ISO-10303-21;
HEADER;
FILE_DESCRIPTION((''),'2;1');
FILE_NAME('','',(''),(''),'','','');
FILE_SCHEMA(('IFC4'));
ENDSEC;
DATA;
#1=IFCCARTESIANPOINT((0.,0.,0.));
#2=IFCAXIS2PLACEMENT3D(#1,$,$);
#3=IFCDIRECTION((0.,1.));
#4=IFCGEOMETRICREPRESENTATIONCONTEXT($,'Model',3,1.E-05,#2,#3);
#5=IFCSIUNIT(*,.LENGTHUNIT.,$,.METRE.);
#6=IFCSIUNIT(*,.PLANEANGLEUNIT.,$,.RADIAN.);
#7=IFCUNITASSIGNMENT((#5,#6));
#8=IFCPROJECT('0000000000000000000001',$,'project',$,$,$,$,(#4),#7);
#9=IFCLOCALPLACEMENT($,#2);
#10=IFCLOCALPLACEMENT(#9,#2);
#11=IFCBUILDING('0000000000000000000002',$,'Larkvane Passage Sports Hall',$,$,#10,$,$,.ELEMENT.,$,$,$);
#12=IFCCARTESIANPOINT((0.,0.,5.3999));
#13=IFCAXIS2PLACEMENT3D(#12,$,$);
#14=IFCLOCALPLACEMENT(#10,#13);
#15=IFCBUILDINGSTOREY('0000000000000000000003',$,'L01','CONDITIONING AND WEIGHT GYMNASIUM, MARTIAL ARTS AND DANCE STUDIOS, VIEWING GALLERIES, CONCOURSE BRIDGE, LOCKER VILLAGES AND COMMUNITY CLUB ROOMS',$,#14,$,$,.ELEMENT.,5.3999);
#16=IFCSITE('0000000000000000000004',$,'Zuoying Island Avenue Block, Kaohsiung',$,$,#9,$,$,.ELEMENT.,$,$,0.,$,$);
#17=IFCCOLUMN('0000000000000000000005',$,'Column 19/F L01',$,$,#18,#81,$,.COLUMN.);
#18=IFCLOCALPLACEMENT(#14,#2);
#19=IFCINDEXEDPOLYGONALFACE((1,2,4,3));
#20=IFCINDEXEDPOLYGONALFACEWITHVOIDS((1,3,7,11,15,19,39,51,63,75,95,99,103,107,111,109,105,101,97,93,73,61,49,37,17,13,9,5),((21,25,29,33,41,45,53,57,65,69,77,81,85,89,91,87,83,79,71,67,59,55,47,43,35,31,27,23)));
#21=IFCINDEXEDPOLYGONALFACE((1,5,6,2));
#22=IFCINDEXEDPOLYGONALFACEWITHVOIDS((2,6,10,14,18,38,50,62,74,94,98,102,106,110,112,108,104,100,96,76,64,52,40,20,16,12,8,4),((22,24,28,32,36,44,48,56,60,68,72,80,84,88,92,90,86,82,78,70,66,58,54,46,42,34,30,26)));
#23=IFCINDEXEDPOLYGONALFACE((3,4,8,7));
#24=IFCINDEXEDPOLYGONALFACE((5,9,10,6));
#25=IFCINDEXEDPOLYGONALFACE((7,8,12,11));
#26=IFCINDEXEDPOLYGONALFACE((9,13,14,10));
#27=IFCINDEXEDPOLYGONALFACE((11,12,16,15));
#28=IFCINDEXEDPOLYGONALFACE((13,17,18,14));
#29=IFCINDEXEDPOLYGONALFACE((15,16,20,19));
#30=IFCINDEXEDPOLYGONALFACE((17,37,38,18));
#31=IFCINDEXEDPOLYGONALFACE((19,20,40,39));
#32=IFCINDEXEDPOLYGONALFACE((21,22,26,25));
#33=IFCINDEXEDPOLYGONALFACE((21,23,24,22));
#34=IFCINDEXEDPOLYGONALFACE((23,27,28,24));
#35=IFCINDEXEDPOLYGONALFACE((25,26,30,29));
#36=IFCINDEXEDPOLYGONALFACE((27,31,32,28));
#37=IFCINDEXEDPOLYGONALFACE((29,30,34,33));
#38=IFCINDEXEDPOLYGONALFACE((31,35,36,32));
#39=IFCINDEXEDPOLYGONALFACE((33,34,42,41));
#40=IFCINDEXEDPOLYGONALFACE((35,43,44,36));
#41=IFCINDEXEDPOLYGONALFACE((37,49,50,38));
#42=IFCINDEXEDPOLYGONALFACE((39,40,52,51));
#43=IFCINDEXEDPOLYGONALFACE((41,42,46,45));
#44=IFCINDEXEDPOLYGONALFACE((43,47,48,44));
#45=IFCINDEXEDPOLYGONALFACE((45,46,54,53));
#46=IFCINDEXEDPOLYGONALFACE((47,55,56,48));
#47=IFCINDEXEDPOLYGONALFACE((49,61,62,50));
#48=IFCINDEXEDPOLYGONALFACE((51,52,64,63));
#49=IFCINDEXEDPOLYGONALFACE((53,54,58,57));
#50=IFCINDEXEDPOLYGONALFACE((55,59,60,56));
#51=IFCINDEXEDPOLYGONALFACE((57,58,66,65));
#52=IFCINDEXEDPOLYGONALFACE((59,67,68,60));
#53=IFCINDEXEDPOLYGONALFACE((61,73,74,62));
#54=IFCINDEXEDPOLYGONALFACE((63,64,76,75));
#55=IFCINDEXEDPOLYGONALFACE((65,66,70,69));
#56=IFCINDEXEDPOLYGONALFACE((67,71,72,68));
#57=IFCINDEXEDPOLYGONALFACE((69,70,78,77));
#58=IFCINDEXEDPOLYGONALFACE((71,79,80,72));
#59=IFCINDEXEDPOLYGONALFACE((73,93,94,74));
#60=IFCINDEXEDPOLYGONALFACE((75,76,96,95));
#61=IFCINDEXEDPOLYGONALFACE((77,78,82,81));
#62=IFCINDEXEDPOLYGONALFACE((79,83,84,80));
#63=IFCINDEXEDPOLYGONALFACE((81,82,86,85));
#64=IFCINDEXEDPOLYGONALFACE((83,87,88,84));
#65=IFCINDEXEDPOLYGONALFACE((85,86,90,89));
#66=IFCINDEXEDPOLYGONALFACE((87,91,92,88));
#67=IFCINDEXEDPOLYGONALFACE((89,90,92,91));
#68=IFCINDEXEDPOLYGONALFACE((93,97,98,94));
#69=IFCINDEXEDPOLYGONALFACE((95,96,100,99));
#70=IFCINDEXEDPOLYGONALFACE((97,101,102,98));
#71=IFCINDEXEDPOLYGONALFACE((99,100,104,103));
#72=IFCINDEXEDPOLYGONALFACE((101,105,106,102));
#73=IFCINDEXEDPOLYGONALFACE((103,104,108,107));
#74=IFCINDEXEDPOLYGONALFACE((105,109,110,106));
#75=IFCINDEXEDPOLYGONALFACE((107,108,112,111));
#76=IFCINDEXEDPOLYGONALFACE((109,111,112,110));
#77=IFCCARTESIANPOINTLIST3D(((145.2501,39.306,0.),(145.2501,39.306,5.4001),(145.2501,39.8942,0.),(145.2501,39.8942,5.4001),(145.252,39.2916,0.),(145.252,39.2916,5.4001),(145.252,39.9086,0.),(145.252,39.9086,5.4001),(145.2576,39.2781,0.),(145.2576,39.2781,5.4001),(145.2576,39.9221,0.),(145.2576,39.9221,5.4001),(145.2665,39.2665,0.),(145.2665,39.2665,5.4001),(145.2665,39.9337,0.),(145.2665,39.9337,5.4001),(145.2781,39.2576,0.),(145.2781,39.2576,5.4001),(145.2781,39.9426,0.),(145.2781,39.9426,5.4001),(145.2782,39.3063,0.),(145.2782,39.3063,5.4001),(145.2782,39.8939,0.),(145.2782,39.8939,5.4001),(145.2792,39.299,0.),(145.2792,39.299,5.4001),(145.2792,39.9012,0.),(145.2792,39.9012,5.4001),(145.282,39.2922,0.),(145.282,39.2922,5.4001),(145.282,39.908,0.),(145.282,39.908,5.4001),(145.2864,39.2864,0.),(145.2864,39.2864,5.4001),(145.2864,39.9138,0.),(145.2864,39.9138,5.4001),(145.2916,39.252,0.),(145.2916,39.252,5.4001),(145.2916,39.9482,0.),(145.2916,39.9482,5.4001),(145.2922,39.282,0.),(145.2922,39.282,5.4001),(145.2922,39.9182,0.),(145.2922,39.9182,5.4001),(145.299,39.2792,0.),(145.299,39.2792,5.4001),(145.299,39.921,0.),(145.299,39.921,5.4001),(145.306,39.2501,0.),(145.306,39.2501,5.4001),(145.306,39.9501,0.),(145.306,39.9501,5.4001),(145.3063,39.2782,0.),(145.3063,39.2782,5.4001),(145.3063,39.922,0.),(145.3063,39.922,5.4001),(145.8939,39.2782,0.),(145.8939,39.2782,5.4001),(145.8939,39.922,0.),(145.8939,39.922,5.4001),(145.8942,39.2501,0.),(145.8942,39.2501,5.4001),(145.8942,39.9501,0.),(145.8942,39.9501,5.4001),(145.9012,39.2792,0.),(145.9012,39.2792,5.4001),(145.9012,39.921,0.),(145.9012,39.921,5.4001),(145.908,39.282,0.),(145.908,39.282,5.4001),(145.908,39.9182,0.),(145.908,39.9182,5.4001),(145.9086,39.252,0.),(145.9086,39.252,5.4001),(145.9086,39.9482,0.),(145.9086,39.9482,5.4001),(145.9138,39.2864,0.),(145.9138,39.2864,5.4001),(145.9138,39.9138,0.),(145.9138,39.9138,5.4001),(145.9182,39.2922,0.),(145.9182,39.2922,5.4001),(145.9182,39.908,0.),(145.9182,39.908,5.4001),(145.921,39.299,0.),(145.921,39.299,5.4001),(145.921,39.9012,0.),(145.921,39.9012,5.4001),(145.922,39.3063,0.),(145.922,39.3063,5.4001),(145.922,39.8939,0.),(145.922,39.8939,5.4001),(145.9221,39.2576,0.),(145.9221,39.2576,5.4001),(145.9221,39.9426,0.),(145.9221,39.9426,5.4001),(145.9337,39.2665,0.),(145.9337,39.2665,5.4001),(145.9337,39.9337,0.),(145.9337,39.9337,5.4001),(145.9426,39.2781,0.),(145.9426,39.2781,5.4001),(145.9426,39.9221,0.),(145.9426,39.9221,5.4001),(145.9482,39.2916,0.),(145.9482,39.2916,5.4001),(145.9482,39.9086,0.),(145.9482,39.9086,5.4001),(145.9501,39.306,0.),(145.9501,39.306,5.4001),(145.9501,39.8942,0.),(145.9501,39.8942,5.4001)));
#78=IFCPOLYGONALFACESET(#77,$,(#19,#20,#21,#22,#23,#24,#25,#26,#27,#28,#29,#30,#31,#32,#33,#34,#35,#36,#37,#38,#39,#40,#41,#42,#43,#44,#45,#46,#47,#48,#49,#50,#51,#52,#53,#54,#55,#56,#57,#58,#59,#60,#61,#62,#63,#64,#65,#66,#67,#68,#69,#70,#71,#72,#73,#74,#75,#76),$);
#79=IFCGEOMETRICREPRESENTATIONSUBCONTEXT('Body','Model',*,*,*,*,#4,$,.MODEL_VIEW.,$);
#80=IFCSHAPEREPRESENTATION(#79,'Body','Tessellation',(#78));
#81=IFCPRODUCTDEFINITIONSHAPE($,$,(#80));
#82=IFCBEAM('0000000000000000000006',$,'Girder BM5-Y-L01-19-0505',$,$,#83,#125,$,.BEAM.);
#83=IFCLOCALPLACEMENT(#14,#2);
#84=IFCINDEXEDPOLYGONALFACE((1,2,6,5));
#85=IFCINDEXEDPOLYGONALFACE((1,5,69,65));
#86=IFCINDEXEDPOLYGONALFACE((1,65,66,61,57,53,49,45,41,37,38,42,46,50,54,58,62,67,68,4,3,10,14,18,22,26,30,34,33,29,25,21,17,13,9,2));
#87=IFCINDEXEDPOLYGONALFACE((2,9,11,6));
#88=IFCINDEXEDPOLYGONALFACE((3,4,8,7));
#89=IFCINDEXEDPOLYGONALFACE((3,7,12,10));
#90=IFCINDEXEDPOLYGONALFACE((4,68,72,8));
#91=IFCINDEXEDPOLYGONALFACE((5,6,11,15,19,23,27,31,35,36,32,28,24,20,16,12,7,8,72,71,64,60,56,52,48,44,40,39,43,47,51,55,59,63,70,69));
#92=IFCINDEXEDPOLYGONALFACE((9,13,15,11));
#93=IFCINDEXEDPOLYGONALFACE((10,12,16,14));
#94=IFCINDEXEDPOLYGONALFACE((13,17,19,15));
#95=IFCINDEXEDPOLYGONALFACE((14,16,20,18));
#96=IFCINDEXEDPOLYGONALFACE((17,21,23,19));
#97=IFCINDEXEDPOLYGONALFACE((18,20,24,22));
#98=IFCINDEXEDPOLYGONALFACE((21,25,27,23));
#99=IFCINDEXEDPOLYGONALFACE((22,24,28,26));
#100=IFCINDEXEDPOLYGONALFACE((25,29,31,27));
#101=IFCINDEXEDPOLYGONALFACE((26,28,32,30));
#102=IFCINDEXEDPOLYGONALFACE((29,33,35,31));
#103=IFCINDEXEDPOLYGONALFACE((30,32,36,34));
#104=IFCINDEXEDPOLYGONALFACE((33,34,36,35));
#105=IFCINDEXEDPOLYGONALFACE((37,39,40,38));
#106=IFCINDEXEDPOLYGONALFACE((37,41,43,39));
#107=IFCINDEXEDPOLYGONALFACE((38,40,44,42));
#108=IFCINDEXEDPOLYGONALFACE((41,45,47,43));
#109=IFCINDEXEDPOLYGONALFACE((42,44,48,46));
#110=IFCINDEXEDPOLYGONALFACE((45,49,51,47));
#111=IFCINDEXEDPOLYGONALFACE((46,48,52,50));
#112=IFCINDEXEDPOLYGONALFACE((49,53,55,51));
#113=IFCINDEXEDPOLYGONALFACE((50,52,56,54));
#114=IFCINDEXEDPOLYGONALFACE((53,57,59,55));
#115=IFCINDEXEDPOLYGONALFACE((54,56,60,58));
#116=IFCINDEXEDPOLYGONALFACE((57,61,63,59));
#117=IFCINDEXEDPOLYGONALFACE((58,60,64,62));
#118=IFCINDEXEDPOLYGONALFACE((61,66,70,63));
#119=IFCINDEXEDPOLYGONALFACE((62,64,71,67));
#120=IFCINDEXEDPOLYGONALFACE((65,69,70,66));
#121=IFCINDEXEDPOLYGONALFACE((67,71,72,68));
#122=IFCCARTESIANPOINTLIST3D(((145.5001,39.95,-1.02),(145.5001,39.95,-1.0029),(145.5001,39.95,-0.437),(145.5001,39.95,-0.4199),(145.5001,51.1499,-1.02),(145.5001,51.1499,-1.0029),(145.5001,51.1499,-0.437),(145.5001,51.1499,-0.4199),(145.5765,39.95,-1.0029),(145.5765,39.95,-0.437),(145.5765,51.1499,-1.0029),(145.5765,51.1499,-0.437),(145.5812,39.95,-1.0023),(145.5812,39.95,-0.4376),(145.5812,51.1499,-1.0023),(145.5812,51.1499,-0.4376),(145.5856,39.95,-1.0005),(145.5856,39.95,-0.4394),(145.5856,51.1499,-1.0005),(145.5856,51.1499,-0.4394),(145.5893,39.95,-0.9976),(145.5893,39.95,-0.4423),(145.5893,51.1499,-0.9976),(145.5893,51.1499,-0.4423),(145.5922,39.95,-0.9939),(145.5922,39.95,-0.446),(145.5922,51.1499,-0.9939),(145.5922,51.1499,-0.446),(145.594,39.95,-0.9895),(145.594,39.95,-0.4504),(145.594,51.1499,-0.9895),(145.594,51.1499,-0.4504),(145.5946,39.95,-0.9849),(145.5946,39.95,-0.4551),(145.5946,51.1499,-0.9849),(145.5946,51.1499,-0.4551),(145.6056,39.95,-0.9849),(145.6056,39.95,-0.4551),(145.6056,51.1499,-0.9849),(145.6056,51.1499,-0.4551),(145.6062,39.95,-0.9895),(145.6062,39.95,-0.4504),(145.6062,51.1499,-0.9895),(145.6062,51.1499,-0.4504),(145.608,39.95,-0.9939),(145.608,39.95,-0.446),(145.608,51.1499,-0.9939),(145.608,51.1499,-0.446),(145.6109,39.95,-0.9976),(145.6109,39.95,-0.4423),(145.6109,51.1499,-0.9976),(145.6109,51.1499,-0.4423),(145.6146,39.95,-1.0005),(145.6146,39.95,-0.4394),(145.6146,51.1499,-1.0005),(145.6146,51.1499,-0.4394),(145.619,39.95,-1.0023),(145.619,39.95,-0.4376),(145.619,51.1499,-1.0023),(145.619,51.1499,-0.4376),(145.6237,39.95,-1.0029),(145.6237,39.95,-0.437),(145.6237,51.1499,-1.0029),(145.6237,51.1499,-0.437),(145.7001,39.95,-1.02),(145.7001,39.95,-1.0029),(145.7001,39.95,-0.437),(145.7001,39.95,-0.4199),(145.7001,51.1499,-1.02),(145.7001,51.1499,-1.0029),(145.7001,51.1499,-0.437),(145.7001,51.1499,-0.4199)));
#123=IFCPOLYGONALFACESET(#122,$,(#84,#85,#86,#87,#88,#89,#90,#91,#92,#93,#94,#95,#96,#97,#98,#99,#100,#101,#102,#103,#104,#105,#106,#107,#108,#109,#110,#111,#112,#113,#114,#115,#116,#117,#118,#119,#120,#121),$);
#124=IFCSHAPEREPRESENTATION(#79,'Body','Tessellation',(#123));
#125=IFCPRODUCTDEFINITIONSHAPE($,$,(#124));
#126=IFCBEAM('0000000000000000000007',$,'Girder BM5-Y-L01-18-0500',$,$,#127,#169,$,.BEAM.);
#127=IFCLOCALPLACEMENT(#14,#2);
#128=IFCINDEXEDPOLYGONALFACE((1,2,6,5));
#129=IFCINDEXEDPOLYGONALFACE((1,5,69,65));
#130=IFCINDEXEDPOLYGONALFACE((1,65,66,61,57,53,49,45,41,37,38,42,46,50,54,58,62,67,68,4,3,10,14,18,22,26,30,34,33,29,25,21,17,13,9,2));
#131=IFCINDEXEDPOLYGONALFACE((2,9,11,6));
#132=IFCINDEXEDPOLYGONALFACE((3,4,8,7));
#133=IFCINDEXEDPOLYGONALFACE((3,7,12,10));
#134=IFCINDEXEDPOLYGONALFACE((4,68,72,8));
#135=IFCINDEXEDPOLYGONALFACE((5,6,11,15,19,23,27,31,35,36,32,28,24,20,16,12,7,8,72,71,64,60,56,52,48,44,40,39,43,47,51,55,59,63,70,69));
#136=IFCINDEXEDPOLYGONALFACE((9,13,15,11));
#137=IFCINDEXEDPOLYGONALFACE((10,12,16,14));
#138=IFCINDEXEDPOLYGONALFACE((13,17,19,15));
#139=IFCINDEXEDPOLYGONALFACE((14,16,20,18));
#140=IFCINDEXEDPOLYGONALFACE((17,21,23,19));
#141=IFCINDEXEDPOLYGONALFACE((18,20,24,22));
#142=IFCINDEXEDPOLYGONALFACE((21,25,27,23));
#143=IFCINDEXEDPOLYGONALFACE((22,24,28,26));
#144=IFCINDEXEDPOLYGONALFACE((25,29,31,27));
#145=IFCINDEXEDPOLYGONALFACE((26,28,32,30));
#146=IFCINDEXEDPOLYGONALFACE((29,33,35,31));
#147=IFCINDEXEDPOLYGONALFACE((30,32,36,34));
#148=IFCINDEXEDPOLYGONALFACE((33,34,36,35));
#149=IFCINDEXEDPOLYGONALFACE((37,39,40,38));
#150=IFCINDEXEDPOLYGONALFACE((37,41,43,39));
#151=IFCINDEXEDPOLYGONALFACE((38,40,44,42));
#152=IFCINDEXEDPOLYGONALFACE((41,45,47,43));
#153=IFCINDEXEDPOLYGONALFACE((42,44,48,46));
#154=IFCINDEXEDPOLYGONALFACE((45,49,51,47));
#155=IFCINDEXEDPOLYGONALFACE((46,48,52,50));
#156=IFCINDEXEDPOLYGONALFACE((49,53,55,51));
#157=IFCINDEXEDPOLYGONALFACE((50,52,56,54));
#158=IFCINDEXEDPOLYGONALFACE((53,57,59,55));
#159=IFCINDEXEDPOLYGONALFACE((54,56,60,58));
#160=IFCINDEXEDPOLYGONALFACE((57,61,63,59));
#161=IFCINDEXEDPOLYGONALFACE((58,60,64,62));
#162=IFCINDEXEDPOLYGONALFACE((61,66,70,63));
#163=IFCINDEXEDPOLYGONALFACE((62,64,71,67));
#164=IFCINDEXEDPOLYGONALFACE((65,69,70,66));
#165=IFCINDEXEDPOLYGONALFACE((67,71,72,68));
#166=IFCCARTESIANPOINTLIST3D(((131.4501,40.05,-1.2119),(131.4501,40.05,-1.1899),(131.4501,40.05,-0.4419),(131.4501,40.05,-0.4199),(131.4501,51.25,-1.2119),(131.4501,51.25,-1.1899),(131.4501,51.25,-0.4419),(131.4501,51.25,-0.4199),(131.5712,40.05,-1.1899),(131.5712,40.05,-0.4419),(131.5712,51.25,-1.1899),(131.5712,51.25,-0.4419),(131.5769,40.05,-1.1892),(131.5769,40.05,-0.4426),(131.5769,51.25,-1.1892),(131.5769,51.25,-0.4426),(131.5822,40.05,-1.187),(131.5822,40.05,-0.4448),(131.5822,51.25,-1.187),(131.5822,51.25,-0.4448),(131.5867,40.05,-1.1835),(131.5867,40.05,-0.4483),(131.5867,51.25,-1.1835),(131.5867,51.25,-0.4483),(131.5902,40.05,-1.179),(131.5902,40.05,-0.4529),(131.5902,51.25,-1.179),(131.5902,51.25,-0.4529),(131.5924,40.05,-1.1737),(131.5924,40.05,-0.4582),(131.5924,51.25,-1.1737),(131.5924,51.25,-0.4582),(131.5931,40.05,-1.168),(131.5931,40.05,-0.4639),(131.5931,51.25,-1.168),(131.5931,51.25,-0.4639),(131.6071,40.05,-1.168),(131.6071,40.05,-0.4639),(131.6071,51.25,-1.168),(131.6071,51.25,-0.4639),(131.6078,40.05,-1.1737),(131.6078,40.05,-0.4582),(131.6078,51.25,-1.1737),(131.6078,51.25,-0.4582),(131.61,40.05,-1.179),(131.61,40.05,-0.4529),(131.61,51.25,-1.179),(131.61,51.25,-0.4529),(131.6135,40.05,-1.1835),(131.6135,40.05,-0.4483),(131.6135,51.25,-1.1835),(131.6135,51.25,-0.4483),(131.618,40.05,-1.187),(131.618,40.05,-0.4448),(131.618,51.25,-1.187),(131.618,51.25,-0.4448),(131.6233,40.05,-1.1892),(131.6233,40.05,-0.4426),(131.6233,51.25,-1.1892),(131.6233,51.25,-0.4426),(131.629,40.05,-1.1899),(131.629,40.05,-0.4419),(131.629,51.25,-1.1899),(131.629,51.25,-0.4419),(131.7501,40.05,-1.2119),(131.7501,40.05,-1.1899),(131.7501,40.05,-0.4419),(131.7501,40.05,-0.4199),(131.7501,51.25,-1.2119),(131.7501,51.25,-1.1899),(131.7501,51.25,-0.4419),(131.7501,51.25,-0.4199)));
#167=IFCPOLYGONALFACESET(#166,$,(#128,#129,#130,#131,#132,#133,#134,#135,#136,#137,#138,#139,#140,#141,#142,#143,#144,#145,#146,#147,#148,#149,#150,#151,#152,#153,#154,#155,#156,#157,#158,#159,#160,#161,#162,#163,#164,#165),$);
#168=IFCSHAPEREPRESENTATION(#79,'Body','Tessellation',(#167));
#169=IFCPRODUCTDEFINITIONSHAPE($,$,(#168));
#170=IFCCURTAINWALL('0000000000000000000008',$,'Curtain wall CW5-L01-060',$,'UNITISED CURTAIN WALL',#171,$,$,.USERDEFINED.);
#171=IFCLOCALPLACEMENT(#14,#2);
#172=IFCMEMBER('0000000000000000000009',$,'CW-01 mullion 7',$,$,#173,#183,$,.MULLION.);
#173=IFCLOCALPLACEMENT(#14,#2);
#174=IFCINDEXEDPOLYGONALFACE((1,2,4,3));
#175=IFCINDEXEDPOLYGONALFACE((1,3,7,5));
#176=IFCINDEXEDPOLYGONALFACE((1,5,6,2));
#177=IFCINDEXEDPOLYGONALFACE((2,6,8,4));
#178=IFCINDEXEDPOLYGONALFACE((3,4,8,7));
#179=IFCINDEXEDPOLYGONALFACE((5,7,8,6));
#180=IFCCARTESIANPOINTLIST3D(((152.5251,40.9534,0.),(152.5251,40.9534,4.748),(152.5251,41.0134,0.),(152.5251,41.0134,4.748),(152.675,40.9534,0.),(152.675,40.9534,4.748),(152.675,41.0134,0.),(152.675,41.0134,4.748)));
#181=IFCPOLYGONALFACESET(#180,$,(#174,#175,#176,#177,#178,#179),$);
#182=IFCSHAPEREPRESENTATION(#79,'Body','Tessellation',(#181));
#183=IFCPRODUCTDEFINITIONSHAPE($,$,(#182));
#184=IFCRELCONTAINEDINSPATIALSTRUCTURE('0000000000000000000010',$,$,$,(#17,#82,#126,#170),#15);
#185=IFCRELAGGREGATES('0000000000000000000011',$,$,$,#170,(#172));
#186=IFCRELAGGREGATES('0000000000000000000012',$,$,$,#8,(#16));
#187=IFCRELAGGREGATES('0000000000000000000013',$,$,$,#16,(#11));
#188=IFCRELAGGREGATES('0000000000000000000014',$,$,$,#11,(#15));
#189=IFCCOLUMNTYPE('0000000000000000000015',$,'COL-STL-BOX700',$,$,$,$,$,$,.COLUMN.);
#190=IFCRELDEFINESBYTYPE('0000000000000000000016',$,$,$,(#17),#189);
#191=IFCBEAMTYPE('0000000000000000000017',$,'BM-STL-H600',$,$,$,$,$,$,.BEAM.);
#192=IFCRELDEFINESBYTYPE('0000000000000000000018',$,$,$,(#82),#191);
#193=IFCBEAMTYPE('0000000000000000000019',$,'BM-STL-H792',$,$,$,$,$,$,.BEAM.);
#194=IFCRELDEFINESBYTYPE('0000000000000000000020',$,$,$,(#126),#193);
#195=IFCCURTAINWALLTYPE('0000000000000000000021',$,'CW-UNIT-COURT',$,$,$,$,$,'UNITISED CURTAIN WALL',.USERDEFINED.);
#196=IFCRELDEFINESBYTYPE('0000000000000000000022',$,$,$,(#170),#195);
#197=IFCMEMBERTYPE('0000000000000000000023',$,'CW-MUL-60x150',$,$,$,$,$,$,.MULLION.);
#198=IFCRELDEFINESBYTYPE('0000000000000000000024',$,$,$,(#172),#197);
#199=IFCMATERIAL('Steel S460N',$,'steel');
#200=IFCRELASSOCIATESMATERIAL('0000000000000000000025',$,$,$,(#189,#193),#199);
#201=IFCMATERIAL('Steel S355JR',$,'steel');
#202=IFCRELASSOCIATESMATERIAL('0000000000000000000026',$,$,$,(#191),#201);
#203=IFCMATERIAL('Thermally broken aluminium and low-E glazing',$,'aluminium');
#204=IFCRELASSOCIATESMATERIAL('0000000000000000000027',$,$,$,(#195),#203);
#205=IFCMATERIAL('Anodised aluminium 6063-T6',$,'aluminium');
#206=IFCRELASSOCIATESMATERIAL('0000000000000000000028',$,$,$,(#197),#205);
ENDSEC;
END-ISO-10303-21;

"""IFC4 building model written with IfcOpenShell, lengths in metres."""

from ifc_helpers import new_model, si_unit, direction, frame, origin, origin_2d, place, context, subcontext, project, spatial, rectangle, hollow_rectangle, i_section, extrude, material, material_profile, profile_set, type_object, element, aggregate, save


model = new_model("IFC4")

# Units and contexts
model_context = context("Model", 3, precision=1e-05, world=origin(), true_north=direction((0.0, 1.0)))
body_context = subcontext(model_context, "Body", "Model", "MODEL_VIEW")
ifc_project = project(units=[si_unit("LENGTHUNIT", "METRE"), si_unit("PLANEANGLEUNIT", "RADIAN")], contexts=[model_context])

# Site, building, storey
site_placement = place(None, origin())
site = spatial("IfcSite", under=ifc_project, at=site_placement, Name="Zuoying Island Avenue Block, Kaohsiung", CompositionType="ELEMENT", RefElevation=0.0)
building_placement = place(site_placement, origin())
building = spatial("IfcBuilding", under=site, at=building_placement, Name="Larkvane Passage Sports Hall", CompositionType="ELEMENT")
storey_placement = place(building_placement, frame((0.0, 0.0, 5.3999)))
storey = spatial("IfcBuildingStorey", under=building, at=storey_placement, Name="L01", Description="CONDITIONING AND WEIGHT GYMNASIUM, MARTIAL ARTS AND DANCE STUDIOS, VIEWING GALLERIES, CONCOURSE BRIDGE, LOCKER VILLAGES AND COMMUNITY CLUB ROOMS", CompositionType="ELEMENT", Elevation=5.3999)

# Column
ifc_material_1 = material(Name="Steel S460N", Category="steel")
ifc_material_profile_1 = material_profile(ifc_material_1, hollow_rectangle(XDim=0.7, YDim=0.7, WallThickness=0.0281, InnerFilletRadius=0.0281, OuterFilletRadius=0.0559, at=origin_2d()), Name="BOX-700x700x28")
ifc_profile_set_1 = profile_set([ifc_material_profile_1], Name="Steel S460N")
column_type = type_object("IfcColumnType", Name="COL-STL-BOX700", PredefinedType="COLUMN", material=ifc_profile_set_1)
column_placement = place(storey_placement, frame((145.6001, 39.6001, 0.0), z_axis=(0.0, 0.0, 1.0), x_axis=(1.0, 0.0, 0.0)))
element("IfcColumn", 1, at=column_placement, inside=storey, type_object=column_type, Name="Column 19/F L01", PredefinedType="COLUMN", context=body_context, shape_type="SweptSolid", body=[
    extrude(hollow_rectangle(XDim=0.7, YDim=0.7, WallThickness=0.0281, InnerFilletRadius=0.0281, OuterFilletRadius=0.0559, at=origin_2d()), origin(), (0.0, 0.0, 1.0), 5.4001),
])

# Beams
ifc_material_2 = material(Name="Steel S355JR", Category="steel")
ifc_material_profile_2 = material_profile(ifc_material_2, i_section(OverallWidth=0.2, OverallDepth=0.6001, WebThickness=0.011, FlangeThickness=0.0171, FilletRadius=0.0181, at=origin_2d()), Name="H-600x200x11x17")
ifc_profile_set_2 = profile_set([ifc_material_profile_2], Name="Steel S355JR")
beam_type_1 = type_object("IfcBeamType", Name="BM-STL-H600", PredefinedType="BEAM", material=ifc_profile_set_2)
beam_1_placement = place(storey_placement, frame((145.6001, 39.95, -0.72), z_axis=(0.0, 1.0, 0.0), x_axis=(-1.0, 0.0, 0.0)))
element("IfcBeam", 2, at=beam_1_placement, inside=storey, type_object=beam_type_1, Name="Girder BM5-Y-L01-19-0505", PredefinedType="BEAM", context=body_context, shape_type="SweptSolid", body=[
    extrude(i_section(OverallWidth=0.2, OverallDepth=0.6001, WebThickness=0.011, FlangeThickness=0.0171, FilletRadius=0.0181, at=origin_2d()), origin(), (0.0, 0.0, 1.0), 11.2),
])
ifc_material_profile_3 = material_profile(ifc_material_1, i_section(OverallWidth=0.3, OverallDepth=0.792, WebThickness=0.0139, FlangeThickness=0.022, FilletRadius=0.022, at=origin_2d()), Name="H-792x300x14x22")
ifc_profile_set_3 = profile_set([ifc_material_profile_3], Name="Steel S460N")
beam_type_2 = type_object("IfcBeamType", Name="BM-STL-H792", PredefinedType="BEAM", material=ifc_profile_set_3)
beam_2_placement = place(storey_placement, frame((131.6001, 40.05, -0.8159), z_axis=(0.0, 1.0, 0.0), x_axis=(-1.0, 0.0, 0.0)))
element("IfcBeam", 3, at=beam_2_placement, inside=storey, type_object=beam_type_2, Name="Girder BM5-Y-L01-18-0500", PredefinedType="BEAM", context=body_context, shape_type="SweptSolid", body=[
    extrude(i_section(OverallWidth=0.3, OverallDepth=0.792, WebThickness=0.0139, FlangeThickness=0.022, FilletRadius=0.022, at=origin_2d()), origin(), (0.0, 0.0, 1.0), 11.2),
])

# Curtain wall, member
ifc_material_3 = material(Name="Thermally broken aluminium and low-E glazing", Category="aluminium")
curtain_wall_type = type_object("IfcCurtainWallType", Name="CW-UNIT-COURT", ElementType="UNITISED CURTAIN WALL", PredefinedType="USERDEFINED", material=ifc_material_3)
curtain_wall_placement = place(storey_placement, origin())
curtain_wall = element("IfcCurtainWall", 4, at=curtain_wall_placement, inside=storey, type_object=curtain_wall_type, Name="Curtain wall CW5-L01-060", ObjectType="UNITISED CURTAIN WALL", PredefinedType="USERDEFINED")
ifc_material_4 = material(Name="Anodised aluminium 6063-T6", Category="aluminium")
ifc_material_profile_4 = material_profile(ifc_material_4, rectangle(XDim=0.0601, YDim=0.1499, at=origin_2d()), Name="ALU-MUL-60x150")
ifc_profile_set_4 = profile_set([ifc_material_profile_4], Name="Anodised aluminium 6063-T6")
member_type_1 = type_object("IfcMemberType", Name="CW-MUL-60x150", PredefinedType="MULLION", material=ifc_profile_set_4)
member_1_placement = place(storey_placement, frame((152.6001, 40.9834, 0.0), z_axis=(0.0, 0.0, 1.0), x_axis=(0.0, -1.0, 0.0)))
member_1 = element("IfcMember", 5, at=member_1_placement, type_object=member_type_1, Name="CW-01 mullion 7", PredefinedType="MULLION", context=body_context, shape_type="SweptSolid", body=[
    extrude(rectangle(XDim=0.0601, YDim=0.1499, at=origin_2d()), origin(), (0.0, 0.0, 1.0), 4.748),
])

aggregate(curtain_wall, [member_1])

save(model, "model.ifc")
